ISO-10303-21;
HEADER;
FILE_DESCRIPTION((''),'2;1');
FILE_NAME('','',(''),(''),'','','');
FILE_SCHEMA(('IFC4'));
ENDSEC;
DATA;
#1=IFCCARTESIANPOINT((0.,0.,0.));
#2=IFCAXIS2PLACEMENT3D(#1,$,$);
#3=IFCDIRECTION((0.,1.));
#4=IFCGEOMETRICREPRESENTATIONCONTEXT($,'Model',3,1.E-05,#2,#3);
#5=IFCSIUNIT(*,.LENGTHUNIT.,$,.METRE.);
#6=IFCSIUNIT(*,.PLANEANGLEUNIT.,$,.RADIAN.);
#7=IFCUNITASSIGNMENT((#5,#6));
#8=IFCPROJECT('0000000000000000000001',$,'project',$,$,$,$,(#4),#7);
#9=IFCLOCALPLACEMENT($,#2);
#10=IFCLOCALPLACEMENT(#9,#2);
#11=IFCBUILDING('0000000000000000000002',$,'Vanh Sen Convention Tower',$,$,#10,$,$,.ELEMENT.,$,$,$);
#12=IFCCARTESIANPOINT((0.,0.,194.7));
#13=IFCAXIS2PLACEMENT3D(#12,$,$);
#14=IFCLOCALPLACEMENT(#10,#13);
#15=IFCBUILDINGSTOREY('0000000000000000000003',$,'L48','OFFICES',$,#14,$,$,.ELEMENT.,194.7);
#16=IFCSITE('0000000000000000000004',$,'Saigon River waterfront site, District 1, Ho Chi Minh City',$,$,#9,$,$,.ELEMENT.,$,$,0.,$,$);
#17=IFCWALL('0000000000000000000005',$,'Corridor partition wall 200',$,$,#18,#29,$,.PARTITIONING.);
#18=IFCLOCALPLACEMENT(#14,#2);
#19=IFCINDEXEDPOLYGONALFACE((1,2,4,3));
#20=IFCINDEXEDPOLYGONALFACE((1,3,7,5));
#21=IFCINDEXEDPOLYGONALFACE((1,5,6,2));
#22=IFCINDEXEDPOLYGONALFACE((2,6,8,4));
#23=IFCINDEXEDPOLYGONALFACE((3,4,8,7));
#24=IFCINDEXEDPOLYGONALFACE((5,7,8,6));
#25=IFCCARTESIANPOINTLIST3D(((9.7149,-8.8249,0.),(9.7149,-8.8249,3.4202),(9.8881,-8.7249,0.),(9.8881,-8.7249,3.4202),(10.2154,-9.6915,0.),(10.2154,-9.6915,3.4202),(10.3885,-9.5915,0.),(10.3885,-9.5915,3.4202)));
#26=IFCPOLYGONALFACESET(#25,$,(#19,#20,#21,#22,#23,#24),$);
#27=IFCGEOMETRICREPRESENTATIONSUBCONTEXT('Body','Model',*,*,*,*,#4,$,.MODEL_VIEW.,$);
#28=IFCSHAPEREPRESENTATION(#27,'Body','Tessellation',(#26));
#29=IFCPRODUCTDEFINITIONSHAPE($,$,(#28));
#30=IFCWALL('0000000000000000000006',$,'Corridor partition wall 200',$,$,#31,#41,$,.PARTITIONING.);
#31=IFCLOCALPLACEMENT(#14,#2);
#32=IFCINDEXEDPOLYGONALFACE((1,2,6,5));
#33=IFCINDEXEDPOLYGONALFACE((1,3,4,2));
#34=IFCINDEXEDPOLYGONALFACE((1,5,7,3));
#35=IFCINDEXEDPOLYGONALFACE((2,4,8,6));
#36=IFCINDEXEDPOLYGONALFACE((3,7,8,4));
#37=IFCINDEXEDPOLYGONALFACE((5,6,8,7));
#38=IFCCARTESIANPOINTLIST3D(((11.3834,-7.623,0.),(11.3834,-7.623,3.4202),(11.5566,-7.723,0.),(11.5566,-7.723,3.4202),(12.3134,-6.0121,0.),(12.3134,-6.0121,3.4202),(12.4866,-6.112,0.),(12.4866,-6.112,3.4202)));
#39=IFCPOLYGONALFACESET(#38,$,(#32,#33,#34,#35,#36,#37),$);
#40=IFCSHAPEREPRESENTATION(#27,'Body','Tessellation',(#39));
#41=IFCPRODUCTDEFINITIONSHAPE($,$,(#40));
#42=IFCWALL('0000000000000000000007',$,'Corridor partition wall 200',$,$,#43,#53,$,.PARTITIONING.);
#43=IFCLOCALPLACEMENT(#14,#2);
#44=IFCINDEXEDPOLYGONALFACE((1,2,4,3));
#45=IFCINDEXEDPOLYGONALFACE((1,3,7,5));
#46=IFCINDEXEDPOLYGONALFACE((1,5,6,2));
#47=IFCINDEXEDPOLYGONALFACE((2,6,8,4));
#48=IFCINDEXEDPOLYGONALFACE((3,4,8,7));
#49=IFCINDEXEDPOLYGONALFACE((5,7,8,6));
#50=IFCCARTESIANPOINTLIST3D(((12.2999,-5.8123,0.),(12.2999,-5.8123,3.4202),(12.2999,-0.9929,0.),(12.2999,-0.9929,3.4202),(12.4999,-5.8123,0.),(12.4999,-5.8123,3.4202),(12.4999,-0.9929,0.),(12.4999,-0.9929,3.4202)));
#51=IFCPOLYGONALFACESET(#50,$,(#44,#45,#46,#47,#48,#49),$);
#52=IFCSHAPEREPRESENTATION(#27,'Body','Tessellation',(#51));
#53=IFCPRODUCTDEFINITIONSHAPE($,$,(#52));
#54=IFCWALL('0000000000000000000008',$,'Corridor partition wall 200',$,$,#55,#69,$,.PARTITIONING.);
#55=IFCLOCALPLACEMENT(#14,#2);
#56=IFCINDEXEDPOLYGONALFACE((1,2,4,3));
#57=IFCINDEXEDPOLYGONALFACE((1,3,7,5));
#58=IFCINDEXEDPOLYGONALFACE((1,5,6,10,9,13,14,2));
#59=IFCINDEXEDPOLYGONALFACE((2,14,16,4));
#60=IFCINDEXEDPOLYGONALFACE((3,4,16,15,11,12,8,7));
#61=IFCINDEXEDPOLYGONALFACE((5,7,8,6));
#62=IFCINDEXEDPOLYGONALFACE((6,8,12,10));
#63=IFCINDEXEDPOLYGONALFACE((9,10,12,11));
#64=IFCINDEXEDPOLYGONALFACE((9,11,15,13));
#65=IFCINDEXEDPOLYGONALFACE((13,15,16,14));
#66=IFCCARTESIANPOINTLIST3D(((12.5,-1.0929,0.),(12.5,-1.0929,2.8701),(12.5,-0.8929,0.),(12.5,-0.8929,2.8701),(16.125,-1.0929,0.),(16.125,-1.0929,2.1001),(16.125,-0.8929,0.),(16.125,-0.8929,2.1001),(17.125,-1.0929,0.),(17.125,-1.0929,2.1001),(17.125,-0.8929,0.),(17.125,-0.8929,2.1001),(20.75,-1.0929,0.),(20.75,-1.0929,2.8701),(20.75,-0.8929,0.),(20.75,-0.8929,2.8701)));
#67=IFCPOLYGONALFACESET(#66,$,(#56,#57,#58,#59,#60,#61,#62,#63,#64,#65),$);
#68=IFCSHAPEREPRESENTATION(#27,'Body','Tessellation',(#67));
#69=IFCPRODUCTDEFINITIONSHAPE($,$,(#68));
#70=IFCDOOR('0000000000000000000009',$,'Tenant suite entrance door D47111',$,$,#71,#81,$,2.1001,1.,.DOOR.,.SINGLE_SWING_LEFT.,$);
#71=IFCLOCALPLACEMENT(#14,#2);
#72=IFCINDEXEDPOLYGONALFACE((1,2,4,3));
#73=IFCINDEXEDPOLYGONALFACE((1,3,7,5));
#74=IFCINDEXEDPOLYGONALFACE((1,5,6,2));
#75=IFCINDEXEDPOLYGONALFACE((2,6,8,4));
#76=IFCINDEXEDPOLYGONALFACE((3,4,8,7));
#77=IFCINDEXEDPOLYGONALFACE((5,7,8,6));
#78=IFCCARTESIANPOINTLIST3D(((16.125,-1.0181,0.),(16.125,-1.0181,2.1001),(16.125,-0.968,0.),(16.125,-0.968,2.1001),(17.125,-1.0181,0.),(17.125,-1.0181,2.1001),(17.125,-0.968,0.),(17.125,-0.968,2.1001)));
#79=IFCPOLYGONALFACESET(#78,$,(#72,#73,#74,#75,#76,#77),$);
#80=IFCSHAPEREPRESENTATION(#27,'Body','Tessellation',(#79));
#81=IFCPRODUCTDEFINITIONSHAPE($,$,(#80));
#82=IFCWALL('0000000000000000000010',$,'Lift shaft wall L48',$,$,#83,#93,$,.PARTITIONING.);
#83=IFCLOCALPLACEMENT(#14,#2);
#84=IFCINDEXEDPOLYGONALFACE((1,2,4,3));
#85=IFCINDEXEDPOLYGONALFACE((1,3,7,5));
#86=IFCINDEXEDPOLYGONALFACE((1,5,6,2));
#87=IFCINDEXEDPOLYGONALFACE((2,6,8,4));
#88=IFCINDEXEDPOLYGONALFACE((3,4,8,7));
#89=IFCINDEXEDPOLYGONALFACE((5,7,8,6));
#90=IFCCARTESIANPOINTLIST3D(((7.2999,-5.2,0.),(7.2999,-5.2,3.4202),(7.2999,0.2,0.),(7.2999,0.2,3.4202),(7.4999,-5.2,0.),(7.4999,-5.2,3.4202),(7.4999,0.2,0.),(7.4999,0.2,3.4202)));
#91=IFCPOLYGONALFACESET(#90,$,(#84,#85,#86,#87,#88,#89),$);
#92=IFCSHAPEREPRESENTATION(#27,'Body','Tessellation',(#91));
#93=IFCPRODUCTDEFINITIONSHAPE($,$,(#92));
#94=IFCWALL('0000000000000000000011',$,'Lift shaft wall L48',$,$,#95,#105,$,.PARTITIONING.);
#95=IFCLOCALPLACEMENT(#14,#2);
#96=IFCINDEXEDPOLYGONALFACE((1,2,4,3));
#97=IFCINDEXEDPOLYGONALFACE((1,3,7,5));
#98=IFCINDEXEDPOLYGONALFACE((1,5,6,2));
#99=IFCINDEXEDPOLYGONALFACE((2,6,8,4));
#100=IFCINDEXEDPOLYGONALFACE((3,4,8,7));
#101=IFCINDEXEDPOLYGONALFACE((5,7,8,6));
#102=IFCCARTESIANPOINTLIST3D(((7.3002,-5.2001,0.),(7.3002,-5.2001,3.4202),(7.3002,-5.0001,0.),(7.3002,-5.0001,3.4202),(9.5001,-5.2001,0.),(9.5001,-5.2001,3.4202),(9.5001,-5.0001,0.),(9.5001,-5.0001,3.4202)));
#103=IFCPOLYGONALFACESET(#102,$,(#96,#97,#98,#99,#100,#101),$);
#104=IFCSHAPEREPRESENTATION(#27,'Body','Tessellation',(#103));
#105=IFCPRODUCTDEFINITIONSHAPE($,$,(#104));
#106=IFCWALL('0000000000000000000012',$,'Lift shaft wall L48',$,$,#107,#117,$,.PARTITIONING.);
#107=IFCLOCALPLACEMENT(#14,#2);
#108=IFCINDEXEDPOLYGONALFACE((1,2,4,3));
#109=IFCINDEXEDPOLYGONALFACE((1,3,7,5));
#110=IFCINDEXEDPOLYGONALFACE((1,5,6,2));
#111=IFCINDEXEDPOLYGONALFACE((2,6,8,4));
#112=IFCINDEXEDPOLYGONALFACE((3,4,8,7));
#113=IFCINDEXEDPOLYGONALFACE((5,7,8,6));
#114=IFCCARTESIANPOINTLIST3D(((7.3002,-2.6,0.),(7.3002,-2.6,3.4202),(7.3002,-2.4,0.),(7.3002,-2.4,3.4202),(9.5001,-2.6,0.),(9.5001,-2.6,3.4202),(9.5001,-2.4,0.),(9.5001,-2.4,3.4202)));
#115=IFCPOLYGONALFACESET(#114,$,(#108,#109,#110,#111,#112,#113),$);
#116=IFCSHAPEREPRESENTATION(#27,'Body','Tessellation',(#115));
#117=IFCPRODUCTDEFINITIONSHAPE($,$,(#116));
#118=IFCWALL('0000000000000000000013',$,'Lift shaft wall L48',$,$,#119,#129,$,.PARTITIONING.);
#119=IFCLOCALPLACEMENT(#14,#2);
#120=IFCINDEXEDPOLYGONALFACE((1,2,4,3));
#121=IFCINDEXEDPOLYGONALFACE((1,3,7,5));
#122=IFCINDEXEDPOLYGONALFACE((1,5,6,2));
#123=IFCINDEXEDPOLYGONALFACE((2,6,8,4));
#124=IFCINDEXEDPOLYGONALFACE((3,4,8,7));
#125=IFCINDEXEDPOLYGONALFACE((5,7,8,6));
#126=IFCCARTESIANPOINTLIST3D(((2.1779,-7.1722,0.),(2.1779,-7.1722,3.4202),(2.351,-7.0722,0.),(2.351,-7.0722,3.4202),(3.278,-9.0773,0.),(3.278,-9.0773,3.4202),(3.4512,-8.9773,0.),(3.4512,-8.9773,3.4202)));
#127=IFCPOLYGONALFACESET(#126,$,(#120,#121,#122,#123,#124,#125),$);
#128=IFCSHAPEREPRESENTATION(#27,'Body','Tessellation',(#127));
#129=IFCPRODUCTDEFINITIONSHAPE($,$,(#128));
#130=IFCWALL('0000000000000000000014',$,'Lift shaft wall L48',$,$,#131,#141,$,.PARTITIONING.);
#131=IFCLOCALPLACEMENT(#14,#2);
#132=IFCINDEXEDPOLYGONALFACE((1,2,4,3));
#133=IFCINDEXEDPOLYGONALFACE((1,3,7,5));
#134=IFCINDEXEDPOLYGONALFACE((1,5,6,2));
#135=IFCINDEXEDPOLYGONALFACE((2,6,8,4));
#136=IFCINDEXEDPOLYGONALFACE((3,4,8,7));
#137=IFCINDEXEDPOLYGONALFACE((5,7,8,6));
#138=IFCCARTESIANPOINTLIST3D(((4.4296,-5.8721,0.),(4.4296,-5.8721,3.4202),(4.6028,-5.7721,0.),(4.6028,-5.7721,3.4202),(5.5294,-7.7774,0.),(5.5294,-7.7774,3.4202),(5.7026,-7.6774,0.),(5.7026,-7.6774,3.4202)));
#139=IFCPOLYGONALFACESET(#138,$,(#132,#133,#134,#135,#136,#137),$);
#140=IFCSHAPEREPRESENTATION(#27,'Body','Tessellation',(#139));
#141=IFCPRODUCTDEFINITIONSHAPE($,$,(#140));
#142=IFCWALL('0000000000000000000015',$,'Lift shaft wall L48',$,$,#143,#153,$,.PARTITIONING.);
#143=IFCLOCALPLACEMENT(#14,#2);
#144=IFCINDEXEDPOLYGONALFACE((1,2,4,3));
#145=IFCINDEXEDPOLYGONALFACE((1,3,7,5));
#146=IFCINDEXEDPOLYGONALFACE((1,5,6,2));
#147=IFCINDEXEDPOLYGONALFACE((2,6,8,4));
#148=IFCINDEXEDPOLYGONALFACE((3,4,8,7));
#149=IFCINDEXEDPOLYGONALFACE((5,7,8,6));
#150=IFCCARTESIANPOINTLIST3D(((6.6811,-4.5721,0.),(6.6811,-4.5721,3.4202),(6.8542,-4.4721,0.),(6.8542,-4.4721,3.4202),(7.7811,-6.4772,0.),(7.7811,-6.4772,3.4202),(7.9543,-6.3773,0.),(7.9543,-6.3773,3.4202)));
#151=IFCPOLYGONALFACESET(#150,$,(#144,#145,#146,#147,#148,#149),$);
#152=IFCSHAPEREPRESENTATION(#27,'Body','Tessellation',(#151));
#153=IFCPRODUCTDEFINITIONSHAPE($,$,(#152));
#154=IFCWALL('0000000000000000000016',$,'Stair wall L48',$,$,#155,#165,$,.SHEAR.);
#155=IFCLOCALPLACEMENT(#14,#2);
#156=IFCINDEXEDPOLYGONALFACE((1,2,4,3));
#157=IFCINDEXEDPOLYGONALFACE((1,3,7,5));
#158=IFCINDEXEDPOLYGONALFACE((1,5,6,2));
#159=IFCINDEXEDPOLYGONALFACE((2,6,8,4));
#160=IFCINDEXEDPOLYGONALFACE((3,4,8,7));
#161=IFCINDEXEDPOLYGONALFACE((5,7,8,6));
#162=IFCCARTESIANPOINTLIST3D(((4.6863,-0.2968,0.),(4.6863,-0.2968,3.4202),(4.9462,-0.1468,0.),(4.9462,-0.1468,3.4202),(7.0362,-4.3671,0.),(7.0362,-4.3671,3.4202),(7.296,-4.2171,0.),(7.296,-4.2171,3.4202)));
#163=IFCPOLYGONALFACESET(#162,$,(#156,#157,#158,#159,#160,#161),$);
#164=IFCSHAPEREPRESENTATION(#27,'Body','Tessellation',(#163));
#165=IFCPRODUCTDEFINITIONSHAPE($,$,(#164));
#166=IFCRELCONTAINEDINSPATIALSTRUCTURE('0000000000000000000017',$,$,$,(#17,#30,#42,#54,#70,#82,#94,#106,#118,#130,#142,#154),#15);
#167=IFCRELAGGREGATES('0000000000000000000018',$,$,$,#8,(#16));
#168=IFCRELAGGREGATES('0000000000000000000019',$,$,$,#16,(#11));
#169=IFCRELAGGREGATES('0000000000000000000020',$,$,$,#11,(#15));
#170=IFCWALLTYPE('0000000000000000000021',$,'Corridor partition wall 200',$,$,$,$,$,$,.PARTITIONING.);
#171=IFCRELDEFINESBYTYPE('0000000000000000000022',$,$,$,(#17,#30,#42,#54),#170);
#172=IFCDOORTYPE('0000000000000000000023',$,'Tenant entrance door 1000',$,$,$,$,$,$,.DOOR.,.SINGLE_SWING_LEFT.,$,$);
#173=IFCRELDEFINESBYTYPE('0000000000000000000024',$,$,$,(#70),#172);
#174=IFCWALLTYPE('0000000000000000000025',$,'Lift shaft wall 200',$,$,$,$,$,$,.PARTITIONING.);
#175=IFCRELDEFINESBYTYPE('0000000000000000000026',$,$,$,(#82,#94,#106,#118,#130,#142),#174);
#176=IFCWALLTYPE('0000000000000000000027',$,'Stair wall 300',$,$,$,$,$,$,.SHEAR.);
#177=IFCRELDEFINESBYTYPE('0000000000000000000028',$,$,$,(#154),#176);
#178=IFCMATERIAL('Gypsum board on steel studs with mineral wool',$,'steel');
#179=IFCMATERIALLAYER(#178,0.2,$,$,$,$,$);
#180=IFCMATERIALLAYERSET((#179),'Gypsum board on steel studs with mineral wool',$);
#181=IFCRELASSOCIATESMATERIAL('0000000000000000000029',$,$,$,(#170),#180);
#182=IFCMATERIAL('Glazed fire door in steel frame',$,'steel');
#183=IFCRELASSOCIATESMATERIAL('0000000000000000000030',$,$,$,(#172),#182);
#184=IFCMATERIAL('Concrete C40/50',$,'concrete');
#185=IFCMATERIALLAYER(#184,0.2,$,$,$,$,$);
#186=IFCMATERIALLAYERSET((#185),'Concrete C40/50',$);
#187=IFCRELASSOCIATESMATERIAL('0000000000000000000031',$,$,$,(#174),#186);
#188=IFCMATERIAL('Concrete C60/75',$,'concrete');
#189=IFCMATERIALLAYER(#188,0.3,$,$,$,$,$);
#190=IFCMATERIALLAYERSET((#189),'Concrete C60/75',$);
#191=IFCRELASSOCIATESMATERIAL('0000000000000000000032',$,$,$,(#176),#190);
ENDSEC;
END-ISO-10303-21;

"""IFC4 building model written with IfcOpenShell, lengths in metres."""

from ifc_helpers import new_model, si_unit, direction, frame, frame_2d, origin, place, context, subcontext, project, spatial, rectangle, extrude, material, layer, layer_set, type_object, element, fill, save


model = new_model("IFC4")

# Units and contexts
model_context = context("Model", 3, precision=1e-05, world=origin(), true_north=direction((0.0, 1.0)))
body_context = subcontext(model_context, "Body", "Model", "MODEL_VIEW")
ifc_project = project(units=[si_unit("LENGTHUNIT", "METRE"), si_unit("PLANEANGLEUNIT", "RADIAN")], contexts=[model_context])

# Site, building, storey
site_placement = place(None, origin())
site = spatial("IfcSite", under=ifc_project, at=site_placement, Name="Saigon River waterfront site, District 1, Ho Chi Minh City", CompositionType="ELEMENT", RefElevation=0.0)
building_placement = place(site_placement, origin())
building = spatial("IfcBuilding", under=site, at=building_placement, Name="Vanh Sen Convention Tower", CompositionType="ELEMENT")
storey_placement = place(building_placement, frame((0.0, 0.0, 194.7)))
storey = spatial("IfcBuildingStorey", under=building, at=storey_placement, Name="L48", Description="OFFICES", CompositionType="ELEMENT", Elevation=194.7)

# Walls
ifc_material_1 = material(Name="Gypsum board on steel studs with mineral wool", Category="steel")
ifc_layer_1 = layer(ifc_material_1, 0.2)
ifc_layer_set_1 = layer_set([ifc_layer_1], Name="Gypsum board on steel studs with mineral wool")
wall_type_1 = type_object("IfcWallType", Name="Corridor partition wall 200", PredefinedType="PARTITIONING", material=ifc_layer_set_1)
wall_1_placement = place(storey_placement, frame((10.302, -9.6416, 0.0), z_axis=(0.0, 0.0, 1.0), x_axis=(-0.500074, 0.865982, 0.0)))
element("IfcWall", 1, at=wall_1_placement, inside=storey, type_object=wall_type_1, Name="Corridor partition wall 200", PredefinedType="PARTITIONING", context=body_context, shape_type="SweptSolid", body=[
    extrude(rectangle(XDim=1.0007, YDim=0.2, at=frame_2d((0.5005, 0.0))), origin(), (0.0, 0.0, 1.0), 3.4202),
])
wall_2_placement = place(storey_placement, frame((11.47, -7.6731, 0.0), z_axis=(0.0, 0.0, 1.0), x_axis=(0.499965, 0.866046, 0.0)))
element("IfcWall", 2, at=wall_2_placement, inside=storey, type_object=wall_type_1, Name="Corridor partition wall 200", PredefinedType="PARTITIONING", context=body_context, shape_type="SweptSolid", body=[
    extrude(rectangle(XDim=1.8601, YDim=0.2, at=frame_2d((0.9302, 0.0))), origin(), (0.0, 0.0, 1.0), 3.4202),
])
wall_3_placement = place(storey_placement, frame((12.3999, -5.8123, 0.0), z_axis=(0.0, 0.0, 1.0), x_axis=(0.0, 1.0, 0.0)))
element("IfcWall", 3, at=wall_3_placement, inside=storey, type_object=wall_type_1, Name="Corridor partition wall 200", PredefinedType="PARTITIONING", context=body_context, shape_type="SweptSolid", body=[
    extrude(rectangle(XDim=4.8193, YDim=0.2, at=frame_2d((2.4097, 0.0))), origin(), (0.0, 0.0, 1.0), 3.4202),
])

# Wall, opening, door
wall_4_placement = place(storey_placement, frame((12.5, -0.9929, 0.0), z_axis=(0.0, 0.0, 1.0), x_axis=(1.0, 0.0, 0.0)))
wall_4 = element("IfcWall", 4, at=wall_4_placement, inside=storey, type_object=wall_type_1, Name="Corridor partition wall 200", PredefinedType="PARTITIONING", context=body_context, shape_type="SweptSolid", body=[
    extrude(rectangle(XDim=8.25, YDim=0.2, at=frame_2d((4.125, 0.0))), origin(), (0.0, 0.0, 1.0), 2.8701),
])
opening_1_placement = place(wall_4_placement, frame((3.625, 0.0, 0.0)))
opening_1 = element("IfcOpeningElement", 5, at=opening_1_placement, cuts=wall_4, PredefinedType="OPENING", context=body_context, shape_type="SweptSolid", body=[
    extrude(rectangle(XDim=1.0, YDim=2.1001, at=frame_2d((0.5, 1.05))), frame((0.0, 0.1099, 0.0), z_axis=(0.0, -1.0, 0.0), x_axis=(1.0, 0.0, 0.0)), (0.0, 0.0, 1.0), 0.22),
])
ifc_material_2 = material(Name="Glazed fire door in steel frame", Category="steel")
door_type_1 = type_object("IfcDoorType", Name="Tenant entrance door 1000", OperationType="SINGLE_SWING_LEFT", PredefinedType="DOOR", material=ifc_material_2)
door_1_placement = place(opening_1_placement, origin())
door_1 = element("IfcDoor", 6, at=door_1_placement, inside=storey, type_object=door_type_1, Name="Tenant suite entrance door D47111", OperationType="SINGLE_SWING_LEFT", OverallHeight=2.1001, OverallWidth=1.0, PredefinedType="DOOR", context=body_context, shape_type="SweptSolid", body=[
    extrude(rectangle(XDim=1.0, YDim=2.1001, at=frame_2d((0.5, 1.05))), frame((0.0, 0.0249, 0.0), z_axis=(0.0, -1.0, 0.0), x_axis=(1.0, 0.0, 0.0)), (0.0, 0.0, 1.0), 0.05),
])
fill(opening_1, door_1)

# Walls
ifc_material_3 = material(Name="Concrete C40/50", Category="concrete")
ifc_layer_2 = layer(ifc_material_3, 0.2)
ifc_layer_set_2 = layer_set([ifc_layer_2], Name="Concrete C40/50")
wall_type_2 = type_object("IfcWallType", Name="Lift shaft wall 200", PredefinedType="PARTITIONING", material=ifc_layer_set_2)
wall_5_placement = place(storey_placement, frame((7.3999, -5.2, 0.0), z_axis=(0.0, 0.0, 1.0), x_axis=(0.0, 1.0, 0.0)))
element("IfcWall", 7, at=wall_5_placement, inside=storey, type_object=wall_type_2, Name="Lift shaft wall L48", PredefinedType="PARTITIONING", context=body_context, shape_type="SweptSolid", body=[
    extrude(rectangle(XDim=5.3999, YDim=0.2, at=frame_2d((2.7, 0.0))), origin(), (0.0, 0.0, 1.0), 3.4202),
])
for number, where, z_axis, x_axis, name in (
    (8, (7.3, -5.1001, 0.0), (0.0, 0.0, 1.0), (1.0, 0.0, 0.0), "Lift shaft wall L48"),
    (9, (7.3, -2.5, 0.0), (0.0, 0.0, 1.0), (1.0, 0.0, 0.0), "Lift shaft wall L48"),
    (10, (2.2644, -7.1221, 0.0), (0.0, 0.0, 1.0), (0.500078, -0.86598, 0.0), "Lift shaft wall L48"),
    (11, (4.5161, -5.822, 0.0), (0.0, 0.0, 1.0), (0.499947, -0.866056, 0.0), "Lift shaft wall L48"),
    (12, (6.7676, -4.522, 0.0), (0.0, 0.0, 1.0), (0.50003, -0.866008, 0.0), "Lift shaft wall L48"),
):
    element("IfcWall", number, at=place(storey_placement, frame(where, z_axis=z_axis, x_axis=x_axis)), inside=storey, type_object=wall_type_2, Name=name, PredefinedType="PARTITIONING", context=body_context, shape_type="SweptSolid", body=[
        extrude(rectangle(XDim=2.2, YDim=0.2, at=frame_2d((1.1001, 0.0))), origin(), (0.0, 0.0, 1.0), 3.4202),
    ])
ifc_material_4 = material(Name="Concrete C60/75", Category="concrete")
ifc_layer_3 = layer(ifc_material_4, 0.3)
ifc_layer_set_3 = layer_set([ifc_layer_3], Name="Concrete C60/75")
wall_type_3 = type_object("IfcWallType", Name="Stair wall 300", PredefinedType="SHEAR", material=ifc_layer_set_3)
wall_6_placement = place(storey_placement, frame((4.8162, -0.2217, 0.0), z_axis=(0.0, 0.0, 1.0), x_axis=(0.499977, -0.866039, 0.0)))
element("IfcWall", 13, at=wall_6_placement, inside=storey, type_object=wall_type_3, Name="Stair wall L48", PredefinedType="SHEAR", context=body_context, shape_type="SweptSolid", body=[
    extrude(rectangle(XDim=4.7, YDim=0.3, at=frame_2d((2.3501, 0.0))), origin(), (0.0, 0.0, 1.0), 3.4202),
])

save(model, "model.ifc")
